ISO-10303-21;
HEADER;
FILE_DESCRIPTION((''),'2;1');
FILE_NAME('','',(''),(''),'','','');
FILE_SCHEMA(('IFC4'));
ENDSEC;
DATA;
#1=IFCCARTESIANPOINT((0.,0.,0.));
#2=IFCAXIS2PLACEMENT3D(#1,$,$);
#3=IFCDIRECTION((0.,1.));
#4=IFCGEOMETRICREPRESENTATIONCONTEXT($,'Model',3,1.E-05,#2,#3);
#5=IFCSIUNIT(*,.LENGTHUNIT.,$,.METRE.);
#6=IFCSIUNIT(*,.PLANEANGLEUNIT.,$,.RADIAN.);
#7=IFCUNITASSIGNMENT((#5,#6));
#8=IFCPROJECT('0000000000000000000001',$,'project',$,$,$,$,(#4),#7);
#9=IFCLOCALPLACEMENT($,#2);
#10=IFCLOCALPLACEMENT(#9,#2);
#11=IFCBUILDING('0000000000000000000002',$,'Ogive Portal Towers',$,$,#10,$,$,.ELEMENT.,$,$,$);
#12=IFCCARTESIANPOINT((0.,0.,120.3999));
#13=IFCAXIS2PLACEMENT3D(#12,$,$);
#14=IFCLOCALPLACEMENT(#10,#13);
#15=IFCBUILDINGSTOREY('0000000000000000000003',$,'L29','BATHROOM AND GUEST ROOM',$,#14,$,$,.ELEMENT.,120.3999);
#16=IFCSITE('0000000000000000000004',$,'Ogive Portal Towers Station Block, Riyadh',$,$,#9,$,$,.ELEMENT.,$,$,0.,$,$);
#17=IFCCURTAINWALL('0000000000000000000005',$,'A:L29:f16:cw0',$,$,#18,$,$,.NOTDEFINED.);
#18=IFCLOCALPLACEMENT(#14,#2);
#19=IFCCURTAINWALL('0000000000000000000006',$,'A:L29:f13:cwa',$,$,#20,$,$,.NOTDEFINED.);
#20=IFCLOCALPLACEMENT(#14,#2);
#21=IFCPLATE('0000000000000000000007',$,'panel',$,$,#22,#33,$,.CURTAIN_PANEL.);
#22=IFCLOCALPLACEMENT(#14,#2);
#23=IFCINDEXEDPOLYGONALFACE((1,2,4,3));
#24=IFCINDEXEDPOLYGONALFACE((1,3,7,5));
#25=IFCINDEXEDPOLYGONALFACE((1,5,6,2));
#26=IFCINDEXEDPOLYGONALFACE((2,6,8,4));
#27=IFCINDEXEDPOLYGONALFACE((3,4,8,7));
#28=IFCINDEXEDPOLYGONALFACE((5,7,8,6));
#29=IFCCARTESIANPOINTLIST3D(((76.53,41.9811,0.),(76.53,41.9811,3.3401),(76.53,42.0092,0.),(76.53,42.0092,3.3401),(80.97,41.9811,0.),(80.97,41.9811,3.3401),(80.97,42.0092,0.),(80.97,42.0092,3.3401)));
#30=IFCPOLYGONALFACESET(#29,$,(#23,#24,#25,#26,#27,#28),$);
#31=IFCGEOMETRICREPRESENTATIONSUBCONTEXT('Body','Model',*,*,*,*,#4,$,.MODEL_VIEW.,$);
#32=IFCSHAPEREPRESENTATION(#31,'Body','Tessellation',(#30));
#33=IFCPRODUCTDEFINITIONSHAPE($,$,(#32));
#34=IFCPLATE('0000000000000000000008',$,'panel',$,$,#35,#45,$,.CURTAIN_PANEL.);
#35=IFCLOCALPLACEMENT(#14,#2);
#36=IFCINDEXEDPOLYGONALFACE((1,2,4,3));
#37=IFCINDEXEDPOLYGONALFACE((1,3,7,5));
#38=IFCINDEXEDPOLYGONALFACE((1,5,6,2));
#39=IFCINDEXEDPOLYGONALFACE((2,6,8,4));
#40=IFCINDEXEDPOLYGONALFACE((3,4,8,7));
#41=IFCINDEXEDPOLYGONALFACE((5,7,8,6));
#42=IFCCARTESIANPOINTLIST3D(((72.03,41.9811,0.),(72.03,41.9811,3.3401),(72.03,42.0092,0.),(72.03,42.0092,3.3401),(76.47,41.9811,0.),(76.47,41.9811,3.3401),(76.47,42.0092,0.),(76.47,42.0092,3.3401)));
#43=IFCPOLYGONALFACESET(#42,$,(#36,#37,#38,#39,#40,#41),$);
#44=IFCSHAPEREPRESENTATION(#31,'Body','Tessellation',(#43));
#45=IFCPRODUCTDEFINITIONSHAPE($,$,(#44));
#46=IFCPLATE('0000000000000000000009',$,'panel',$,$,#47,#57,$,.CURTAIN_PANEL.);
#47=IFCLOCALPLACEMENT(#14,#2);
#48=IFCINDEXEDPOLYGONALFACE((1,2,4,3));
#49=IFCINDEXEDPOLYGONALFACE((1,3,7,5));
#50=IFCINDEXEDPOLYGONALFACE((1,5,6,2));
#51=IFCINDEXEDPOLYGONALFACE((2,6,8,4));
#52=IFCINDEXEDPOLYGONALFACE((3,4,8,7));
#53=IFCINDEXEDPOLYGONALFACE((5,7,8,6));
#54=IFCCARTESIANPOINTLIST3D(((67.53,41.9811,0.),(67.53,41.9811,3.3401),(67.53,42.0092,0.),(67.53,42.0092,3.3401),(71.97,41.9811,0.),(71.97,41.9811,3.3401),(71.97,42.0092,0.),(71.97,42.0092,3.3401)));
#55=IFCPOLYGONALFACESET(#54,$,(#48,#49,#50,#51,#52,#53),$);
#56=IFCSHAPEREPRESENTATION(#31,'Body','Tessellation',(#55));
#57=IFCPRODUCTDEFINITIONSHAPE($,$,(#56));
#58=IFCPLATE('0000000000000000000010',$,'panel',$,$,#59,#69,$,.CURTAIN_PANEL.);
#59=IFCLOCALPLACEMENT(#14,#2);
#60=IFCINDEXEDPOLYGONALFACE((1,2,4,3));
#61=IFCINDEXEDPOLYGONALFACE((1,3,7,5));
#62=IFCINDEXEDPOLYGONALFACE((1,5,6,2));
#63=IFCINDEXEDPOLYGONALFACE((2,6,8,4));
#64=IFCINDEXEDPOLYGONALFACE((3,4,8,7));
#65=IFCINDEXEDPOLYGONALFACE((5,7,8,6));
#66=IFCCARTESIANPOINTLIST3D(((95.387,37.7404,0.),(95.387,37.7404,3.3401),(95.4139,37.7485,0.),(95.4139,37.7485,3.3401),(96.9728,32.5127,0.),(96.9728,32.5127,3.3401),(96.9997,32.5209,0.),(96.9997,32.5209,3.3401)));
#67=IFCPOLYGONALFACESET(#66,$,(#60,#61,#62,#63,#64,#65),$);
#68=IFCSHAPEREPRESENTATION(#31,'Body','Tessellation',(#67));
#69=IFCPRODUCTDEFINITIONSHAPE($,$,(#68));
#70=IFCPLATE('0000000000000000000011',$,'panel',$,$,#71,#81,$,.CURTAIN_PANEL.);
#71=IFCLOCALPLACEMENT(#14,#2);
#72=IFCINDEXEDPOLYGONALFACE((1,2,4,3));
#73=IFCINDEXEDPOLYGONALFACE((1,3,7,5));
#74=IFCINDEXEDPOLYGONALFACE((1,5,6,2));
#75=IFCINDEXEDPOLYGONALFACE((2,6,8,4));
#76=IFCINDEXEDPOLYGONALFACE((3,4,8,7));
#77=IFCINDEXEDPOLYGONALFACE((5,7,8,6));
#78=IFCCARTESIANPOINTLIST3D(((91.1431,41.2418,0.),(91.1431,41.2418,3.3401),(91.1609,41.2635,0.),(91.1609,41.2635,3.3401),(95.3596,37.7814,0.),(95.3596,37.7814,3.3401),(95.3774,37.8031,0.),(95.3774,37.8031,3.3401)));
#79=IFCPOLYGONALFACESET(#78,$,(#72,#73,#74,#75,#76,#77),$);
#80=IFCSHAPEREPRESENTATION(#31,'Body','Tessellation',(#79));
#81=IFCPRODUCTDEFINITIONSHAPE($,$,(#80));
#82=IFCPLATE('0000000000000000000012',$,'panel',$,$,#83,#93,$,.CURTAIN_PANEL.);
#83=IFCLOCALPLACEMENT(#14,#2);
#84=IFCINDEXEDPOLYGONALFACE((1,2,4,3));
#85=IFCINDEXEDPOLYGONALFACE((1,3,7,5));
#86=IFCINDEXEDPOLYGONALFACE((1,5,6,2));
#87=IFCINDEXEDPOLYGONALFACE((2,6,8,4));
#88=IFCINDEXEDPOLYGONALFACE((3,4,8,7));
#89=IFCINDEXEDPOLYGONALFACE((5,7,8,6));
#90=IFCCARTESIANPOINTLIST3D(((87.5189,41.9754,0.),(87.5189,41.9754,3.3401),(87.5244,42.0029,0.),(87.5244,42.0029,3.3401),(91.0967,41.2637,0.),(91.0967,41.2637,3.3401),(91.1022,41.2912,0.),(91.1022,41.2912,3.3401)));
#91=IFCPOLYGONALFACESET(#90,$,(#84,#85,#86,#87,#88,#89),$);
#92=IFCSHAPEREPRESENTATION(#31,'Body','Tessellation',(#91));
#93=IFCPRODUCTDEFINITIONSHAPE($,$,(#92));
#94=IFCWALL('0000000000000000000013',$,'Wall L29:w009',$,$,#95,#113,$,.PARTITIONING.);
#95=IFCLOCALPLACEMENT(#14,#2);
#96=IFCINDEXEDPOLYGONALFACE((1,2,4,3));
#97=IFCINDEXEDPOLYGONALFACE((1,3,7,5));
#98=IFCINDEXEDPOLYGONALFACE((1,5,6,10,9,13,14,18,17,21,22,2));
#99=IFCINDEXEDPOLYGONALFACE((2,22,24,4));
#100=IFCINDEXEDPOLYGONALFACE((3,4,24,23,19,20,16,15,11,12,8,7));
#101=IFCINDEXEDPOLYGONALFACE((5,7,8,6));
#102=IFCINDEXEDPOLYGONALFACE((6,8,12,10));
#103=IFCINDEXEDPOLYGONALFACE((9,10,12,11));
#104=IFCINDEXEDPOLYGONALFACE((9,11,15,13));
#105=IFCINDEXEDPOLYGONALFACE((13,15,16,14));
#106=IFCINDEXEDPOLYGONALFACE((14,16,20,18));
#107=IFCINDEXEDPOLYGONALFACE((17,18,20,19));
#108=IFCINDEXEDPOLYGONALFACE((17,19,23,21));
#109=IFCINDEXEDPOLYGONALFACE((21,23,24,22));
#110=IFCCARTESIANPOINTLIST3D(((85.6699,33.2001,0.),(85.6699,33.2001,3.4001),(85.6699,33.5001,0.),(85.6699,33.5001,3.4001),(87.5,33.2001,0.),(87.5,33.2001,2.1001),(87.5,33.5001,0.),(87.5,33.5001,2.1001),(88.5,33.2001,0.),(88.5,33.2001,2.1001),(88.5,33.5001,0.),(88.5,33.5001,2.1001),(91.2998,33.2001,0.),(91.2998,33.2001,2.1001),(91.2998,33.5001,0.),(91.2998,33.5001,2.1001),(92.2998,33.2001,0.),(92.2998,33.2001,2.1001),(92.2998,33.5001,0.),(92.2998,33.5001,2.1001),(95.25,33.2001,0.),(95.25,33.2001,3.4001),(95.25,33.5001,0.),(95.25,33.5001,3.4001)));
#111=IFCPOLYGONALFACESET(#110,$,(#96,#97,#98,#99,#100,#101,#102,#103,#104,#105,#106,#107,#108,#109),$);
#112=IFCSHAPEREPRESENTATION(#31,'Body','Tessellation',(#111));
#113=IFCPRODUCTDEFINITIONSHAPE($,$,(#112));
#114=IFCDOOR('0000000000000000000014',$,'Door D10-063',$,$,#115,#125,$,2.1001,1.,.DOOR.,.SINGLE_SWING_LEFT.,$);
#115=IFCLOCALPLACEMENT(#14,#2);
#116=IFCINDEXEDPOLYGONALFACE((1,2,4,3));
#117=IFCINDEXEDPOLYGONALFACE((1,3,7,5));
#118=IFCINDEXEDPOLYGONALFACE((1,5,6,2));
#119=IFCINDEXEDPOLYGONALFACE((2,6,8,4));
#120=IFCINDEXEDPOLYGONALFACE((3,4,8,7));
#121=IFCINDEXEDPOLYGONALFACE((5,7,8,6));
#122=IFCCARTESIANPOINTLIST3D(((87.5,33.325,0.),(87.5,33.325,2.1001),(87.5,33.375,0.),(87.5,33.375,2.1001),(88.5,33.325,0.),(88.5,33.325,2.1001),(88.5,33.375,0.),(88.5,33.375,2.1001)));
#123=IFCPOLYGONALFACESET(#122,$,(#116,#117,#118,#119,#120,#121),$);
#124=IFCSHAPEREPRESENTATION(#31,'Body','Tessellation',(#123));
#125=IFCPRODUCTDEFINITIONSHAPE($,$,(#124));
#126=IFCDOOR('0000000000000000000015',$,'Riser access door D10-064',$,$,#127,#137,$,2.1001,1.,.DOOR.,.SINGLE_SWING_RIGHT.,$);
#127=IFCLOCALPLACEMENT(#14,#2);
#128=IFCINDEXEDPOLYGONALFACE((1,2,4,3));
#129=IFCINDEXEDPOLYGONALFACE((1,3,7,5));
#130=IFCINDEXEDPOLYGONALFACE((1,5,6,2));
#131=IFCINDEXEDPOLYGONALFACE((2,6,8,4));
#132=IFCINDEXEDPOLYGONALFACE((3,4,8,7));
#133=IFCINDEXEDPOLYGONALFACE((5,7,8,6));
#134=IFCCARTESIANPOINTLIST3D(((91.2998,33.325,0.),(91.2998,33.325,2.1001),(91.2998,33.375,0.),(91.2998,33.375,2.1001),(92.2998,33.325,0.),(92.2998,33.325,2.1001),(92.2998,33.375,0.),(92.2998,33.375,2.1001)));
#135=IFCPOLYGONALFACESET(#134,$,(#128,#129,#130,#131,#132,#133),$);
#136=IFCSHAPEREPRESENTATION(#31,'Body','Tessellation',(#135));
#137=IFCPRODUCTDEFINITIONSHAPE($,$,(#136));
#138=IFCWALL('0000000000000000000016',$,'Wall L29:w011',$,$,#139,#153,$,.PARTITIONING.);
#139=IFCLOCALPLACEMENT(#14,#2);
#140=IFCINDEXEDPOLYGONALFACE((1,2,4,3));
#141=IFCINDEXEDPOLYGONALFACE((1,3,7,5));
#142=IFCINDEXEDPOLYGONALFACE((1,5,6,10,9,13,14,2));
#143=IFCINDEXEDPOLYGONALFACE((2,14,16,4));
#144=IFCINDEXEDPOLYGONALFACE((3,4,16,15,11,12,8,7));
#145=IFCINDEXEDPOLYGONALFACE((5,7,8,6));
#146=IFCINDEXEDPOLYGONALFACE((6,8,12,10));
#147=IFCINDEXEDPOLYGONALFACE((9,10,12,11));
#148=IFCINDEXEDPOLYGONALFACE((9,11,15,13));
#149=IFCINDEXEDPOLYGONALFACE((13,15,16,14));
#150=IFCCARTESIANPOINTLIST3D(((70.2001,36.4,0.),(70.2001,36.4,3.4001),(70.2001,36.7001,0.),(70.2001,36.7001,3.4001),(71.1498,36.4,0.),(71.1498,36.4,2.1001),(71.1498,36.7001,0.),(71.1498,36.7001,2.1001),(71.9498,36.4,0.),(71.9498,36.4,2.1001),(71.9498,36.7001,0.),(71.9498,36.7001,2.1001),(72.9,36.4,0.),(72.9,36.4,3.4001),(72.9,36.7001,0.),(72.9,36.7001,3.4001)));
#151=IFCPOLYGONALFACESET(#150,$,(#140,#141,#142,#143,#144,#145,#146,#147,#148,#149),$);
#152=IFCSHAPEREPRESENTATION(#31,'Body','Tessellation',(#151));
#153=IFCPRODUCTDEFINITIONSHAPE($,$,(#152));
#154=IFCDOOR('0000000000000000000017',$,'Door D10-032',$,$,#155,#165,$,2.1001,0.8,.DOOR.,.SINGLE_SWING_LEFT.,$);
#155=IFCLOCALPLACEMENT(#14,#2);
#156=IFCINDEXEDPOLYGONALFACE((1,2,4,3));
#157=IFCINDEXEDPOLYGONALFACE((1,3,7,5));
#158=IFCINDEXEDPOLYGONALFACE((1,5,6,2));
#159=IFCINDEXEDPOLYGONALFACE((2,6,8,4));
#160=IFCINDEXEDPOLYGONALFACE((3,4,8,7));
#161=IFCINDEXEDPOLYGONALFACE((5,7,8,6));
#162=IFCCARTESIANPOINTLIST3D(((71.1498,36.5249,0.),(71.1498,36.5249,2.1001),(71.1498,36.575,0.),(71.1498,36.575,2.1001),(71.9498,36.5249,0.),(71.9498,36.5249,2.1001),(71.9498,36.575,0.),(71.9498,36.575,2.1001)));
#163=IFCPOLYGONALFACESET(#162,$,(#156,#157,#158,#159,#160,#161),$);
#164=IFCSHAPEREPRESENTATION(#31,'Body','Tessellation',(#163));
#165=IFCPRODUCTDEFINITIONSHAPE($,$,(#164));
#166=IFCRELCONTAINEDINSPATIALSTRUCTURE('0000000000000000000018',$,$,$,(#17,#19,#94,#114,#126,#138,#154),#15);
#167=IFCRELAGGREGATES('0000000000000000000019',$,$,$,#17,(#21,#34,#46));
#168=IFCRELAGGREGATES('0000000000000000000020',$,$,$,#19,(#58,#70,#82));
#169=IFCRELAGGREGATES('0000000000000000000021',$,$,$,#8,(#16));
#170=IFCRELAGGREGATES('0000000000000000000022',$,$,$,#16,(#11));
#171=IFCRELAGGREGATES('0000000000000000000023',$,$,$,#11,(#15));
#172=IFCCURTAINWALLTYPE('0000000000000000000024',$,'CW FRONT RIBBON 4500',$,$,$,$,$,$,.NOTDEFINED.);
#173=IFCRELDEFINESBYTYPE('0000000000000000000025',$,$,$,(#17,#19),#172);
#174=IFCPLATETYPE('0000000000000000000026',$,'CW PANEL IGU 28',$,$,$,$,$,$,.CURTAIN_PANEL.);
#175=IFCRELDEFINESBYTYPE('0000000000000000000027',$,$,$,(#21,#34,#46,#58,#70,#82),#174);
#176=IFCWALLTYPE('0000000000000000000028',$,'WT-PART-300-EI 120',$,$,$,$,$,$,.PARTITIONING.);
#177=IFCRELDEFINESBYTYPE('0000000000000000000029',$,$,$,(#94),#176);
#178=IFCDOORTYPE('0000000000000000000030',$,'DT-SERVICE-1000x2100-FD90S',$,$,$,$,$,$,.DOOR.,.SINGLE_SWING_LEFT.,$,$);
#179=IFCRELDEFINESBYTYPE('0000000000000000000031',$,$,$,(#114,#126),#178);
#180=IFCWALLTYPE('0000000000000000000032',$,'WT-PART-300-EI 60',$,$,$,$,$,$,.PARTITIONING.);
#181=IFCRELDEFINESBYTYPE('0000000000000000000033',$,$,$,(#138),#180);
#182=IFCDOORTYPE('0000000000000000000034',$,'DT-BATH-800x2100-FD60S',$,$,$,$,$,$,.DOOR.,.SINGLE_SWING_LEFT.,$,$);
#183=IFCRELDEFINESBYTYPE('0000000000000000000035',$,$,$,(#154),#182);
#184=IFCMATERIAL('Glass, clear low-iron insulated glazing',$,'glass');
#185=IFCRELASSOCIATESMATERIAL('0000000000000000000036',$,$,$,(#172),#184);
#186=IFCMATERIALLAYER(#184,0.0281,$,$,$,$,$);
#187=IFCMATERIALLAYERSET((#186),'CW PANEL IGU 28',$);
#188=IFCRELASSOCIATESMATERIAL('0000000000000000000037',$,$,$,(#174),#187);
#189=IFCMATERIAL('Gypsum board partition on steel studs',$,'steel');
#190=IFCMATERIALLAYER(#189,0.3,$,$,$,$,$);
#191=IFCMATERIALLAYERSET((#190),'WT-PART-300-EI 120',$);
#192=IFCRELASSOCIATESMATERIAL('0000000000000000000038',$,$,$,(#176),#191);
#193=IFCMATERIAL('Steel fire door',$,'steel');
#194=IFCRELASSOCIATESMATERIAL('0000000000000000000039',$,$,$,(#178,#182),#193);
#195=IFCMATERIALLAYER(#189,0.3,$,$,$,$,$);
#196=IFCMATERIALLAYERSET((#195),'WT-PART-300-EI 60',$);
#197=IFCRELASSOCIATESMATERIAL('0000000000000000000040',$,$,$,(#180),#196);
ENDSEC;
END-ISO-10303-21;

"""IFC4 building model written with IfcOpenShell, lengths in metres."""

from ifc_helpers import new_model, si_unit, direction, frame, frame_2d, origin, origin_2d, place, context, subcontext, project, spatial, rectangle, extrude, material, layer, layer_set, type_object, element, fill, aggregate, save


model = new_model("IFC4")

# Units and contexts
model_context = context("Model", 3, precision=1e-05, world=origin(), true_north=direction((0.0, 1.0)))
body_context = subcontext(model_context, "Body", "Model", "MODEL_VIEW")
ifc_project = project(units=[si_unit("LENGTHUNIT", "METRE"), si_unit("PLANEANGLEUNIT", "RADIAN")], contexts=[model_context])

# Site, building, storey
site_placement = place(None, origin())
site = spatial("IfcSite", under=ifc_project, at=site_placement, Name="Ogive Portal Towers Station Block, Riyadh", CompositionType="ELEMENT", RefElevation=0.0)
building_placement = place(site_placement, origin())
building = spatial("IfcBuilding", under=site, at=building_placement, Name="Ogive Portal Towers", CompositionType="ELEMENT")
storey_placement = place(building_placement, frame((0.0, 0.0, 120.3999)))
storey = spatial("IfcBuildingStorey", under=building, at=storey_placement, Name="L29", Description="BATHROOM AND GUEST ROOM", CompositionType="ELEMENT", Elevation=120.3999)

# Curtain walls
ifc_material_1 = material(Name="Glass, clear low-iron insulated glazing", Category="glass")
curtain_wall_type = type_object("IfcCurtainWallType", Name="CW FRONT RIBBON 4500", PredefinedType="NOTDEFINED", material=ifc_material_1)
curtain_wall_1_placement = place(storey_placement, origin())
curtain_wall_1 = element("IfcCurtainWall", 1, at=curtain_wall_1_placement, inside=storey, type_object=curtain_wall_type, Name="A:L29:f16:cw0", PredefinedType="NOTDEFINED")
curtain_wall_2_placement = place(storey_placement, origin())
curtain_wall_2 = element("IfcCurtainWall", 2, at=curtain_wall_2_placement, inside=storey, type_object=curtain_wall_type, Name="A:L29:f13:cwa", PredefinedType="NOTDEFINED")

# Plates
ifc_layer_1 = layer(ifc_material_1, 0.0281)
ifc_layer_set_1 = layer_set([ifc_layer_1], Name="CW PANEL IGU 28")
plate_type = type_object("IfcPlateType", Name="CW PANEL IGU 28", PredefinedType="CURTAIN_PANEL", material=ifc_layer_set_1)
plate_1_placement = place(storey_placement, frame((78.75, 41.9951, 0.0), z_axis=(0.0, 0.0, 1.0), x_axis=(-1.0, 0.0, 0.0)))
plate_1 = element("IfcPlate", 3, at=plate_1_placement, type_object=plate_type, Name="panel", PredefinedType="CURTAIN_PANEL", context=body_context, shape_type="SweptSolid", body=[
    extrude(rectangle(XDim=4.4399, YDim=0.0281, at=origin_2d()), origin(), (0.0, 0.0, 1.0), 3.3401),
])
plate_2_placement = place(storey_placement, frame((74.25, 41.9951, 0.0), z_axis=(0.0, 0.0, 1.0), x_axis=(-1.0, 0.0, 0.0)))
plate_2 = element("IfcPlate", 4, at=plate_2_placement, type_object=plate_type, Name="panel", PredefinedType="CURTAIN_PANEL", context=body_context, shape_type="SweptSolid", body=[
    extrude(rectangle(XDim=4.4399, YDim=0.0281, at=origin_2d()), origin(), (0.0, 0.0, 1.0), 3.3401),
])
plate_3_placement = place(storey_placement, frame((69.75, 41.9951, 0.0), z_axis=(0.0, 0.0, 1.0), x_axis=(-1.0, 0.0, 0.0)))
plate_3 = element("IfcPlate", 5, at=plate_3_placement, type_object=plate_type, Name="panel", PredefinedType="CURTAIN_PANEL", context=body_context, shape_type="SweptSolid", body=[
    extrude(rectangle(XDim=4.4399, YDim=0.0281, at=origin_2d()), origin(), (0.0, 0.0, 1.0), 3.3401),
])
aggregate(curtain_wall_1, [plate_1, plate_2, plate_3])
plate_4_placement = place(storey_placement, frame((96.1934, 35.1306, 0.0), z_axis=(0.0, 0.0, 1.0), x_axis=(-0.290285, 0.95694, 0.0)))
plate_4 = element("IfcPlate", 6, at=plate_4_placement, type_object=plate_type, Name="panel", PredefinedType="CURTAIN_PANEL", context=body_context, shape_type="SweptSolid", body=[
    extrude(rectangle(XDim=5.4629, YDim=0.0281, at=origin_2d()), origin(), (0.0, 0.0, 1.0), 3.3401),
])
plate_5_placement = place(storey_placement, frame((93.2603, 39.5225, 0.0), z_axis=(0.0, 0.0, 1.0), x_axis=(-0.77301, 0.634393, 0.0)))
plate_5 = element("IfcPlate", 7, at=plate_5_placement, type_object=plate_type, Name="panel", PredefinedType="CURTAIN_PANEL", context=body_context, shape_type="SweptSolid", body=[
    extrude(rectangle(XDim=5.4546, YDim=0.0281, at=origin_2d()), origin(), (0.0, 0.0, 1.0), 3.3401),
])
plate_6_placement = place(storey_placement, frame((89.3105, 41.6333, 0.0), z_axis=(0.0, 0.0, 1.0), x_axis=(-0.980785, 0.19509, 0.0)))
plate_6 = element("IfcPlate", 8, at=plate_6_placement, type_object=plate_type, Name="panel", PredefinedType="CURTAIN_PANEL", context=body_context, shape_type="SweptSolid", body=[
    extrude(rectangle(XDim=3.6479, YDim=0.0281, at=origin_2d()), origin(), (0.0, 0.0, 1.0), 3.3401),
])
aggregate(curtain_wall_2, [plate_4, plate_5, plate_6])

# Wall, openings, doors
ifc_material_2 = material(Name="Gypsum board partition on steel studs", Category="steel")
ifc_layer_2 = layer(ifc_material_2, 0.3)
ifc_layer_set_2 = layer_set([ifc_layer_2], Name="WT-PART-300-EI 120")
wall_type_1 = type_object("IfcWallType", Name="WT-PART-300-EI 120", PredefinedType="PARTITIONING", material=ifc_layer_set_2)
wall_1_placement = place(storey_placement, frame((85.6699, 33.3501, 0.0), z_axis=(0.0, 0.0, 1.0), x_axis=(1.0, 0.0, 0.0)))
wall_1 = element("IfcWall", 9, at=wall_1_placement, inside=storey, type_object=wall_type_1, Name="Wall L29:w009", PredefinedType="PARTITIONING", context=body_context, shape_type="SweptSolid", body=[
    extrude(rectangle(XDim=9.5801, YDim=0.3, at=frame_2d((4.79, 0.0))), origin(), (0.0, 0.0, 1.0), 3.4001),
])
opening_1_placement = place(wall_1_placement, frame((1.8301, 0.0, 0.0)))
opening_1 = element("IfcOpeningElement", 10, at=opening_1_placement, cuts=wall_1, PredefinedType="OPENING", context=body_context, shape_type="SweptSolid", body=[
    extrude(rectangle(XDim=1.0, YDim=2.1001, at=frame_2d((0.5, 1.05))), frame((0.0, 0.1602, 0.0), z_axis=(0.0, -1.0, 0.0), x_axis=(1.0, 0.0, 0.0)), (0.0, 0.0, 1.0), 0.3201),
])
opening_2_placement = place(wall_1_placement, frame((5.6299, 0.0, 0.0)))
opening_2 = element("IfcOpeningElement", 11, at=opening_2_placement, cuts=wall_1, PredefinedType="OPENING", context=body_context, shape_type="SweptSolid", body=[
    extrude(rectangle(XDim=1.0, YDim=2.1001, at=frame_2d((0.5, 1.05))), frame((0.0, 0.1602, 0.0), z_axis=(0.0, -1.0, 0.0), x_axis=(1.0, 0.0, 0.0)), (0.0, 0.0, 1.0), 0.3201),
])
ifc_material_3 = material(Name="Steel fire door", Category="steel")
door_type_1 = type_object("IfcDoorType", Name="DT-SERVICE-1000x2100-FD90S", OperationType="SINGLE_SWING_LEFT", PredefinedType="DOOR", material=ifc_material_3)
door_1_placement = place(opening_1_placement, origin())
door_1 = element("IfcDoor", 12, at=door_1_placement, inside=storey, type_object=door_type_1, Name="Door D10-063", OperationType="SINGLE_SWING_LEFT", OverallHeight=2.1001, OverallWidth=1.0, PredefinedType="DOOR", context=body_context, shape_type="SweptSolid", body=[
    extrude(rectangle(XDim=1.0, YDim=2.1001, at=frame_2d((0.5, 1.05))), frame((0.0, 0.0249, 0.0), z_axis=(0.0, -1.0, 0.0), x_axis=(1.0, 0.0, 0.0)), (0.0, 0.0, 1.0), 0.05),
])
fill(opening_1, door_1)
door_2_placement = place(opening_2_placement, origin())
door_2 = element("IfcDoor", 13, at=door_2_placement, inside=storey, type_object=door_type_1, Name="Riser access door D10-064", OperationType="SINGLE_SWING_RIGHT", OverallHeight=2.1001, OverallWidth=1.0, PredefinedType="DOOR", context=body_context, shape_type="SweptSolid", body=[
    extrude(rectangle(XDim=1.0, YDim=2.1001, at=frame_2d((0.5, 1.05))), frame((0.0, 0.0249, 0.0), z_axis=(0.0, -1.0, 0.0), x_axis=(1.0, 0.0, 0.0)), (0.0, 0.0, 1.0), 0.05),
])
fill(opening_2, door_2)

# Wall, opening, door
ifc_layer_3 = layer(ifc_material_2, 0.3)
ifc_layer_set_3 = layer_set([ifc_layer_3], Name="WT-PART-300-EI 60")
wall_type_2 = type_object("IfcWallType", Name="WT-PART-300-EI 60", PredefinedType="PARTITIONING", material=ifc_layer_set_3)
wall_2_placement = place(storey_placement, frame((70.2, 36.55, 0.0), z_axis=(0.0, 0.0, 1.0), x_axis=(1.0, 0.0, 0.0)))
wall_2 = element("IfcWall", 14, at=wall_2_placement, inside=storey, type_object=wall_type_2, Name="Wall L29:w011", PredefinedType="PARTITIONING", context=body_context, shape_type="SweptSolid", body=[
    extrude(rectangle(XDim=2.7, YDim=0.3, at=frame_2d((1.3501, 0.0))), origin(), (0.0, 0.0, 1.0), 3.4001),
])
opening_3_placement = place(wall_2_placement, frame((0.95, 0.0, 0.0)))
opening_3 = element("IfcOpeningElement", 15, at=opening_3_placement, cuts=wall_2, PredefinedType="OPENING", context=body_context, shape_type="SweptSolid", body=[
    extrude(rectangle(XDim=0.8, YDim=2.1001, at=frame_2d((0.3999, 1.05))), frame((0.0, 0.1602, 0.0), z_axis=(0.0, -1.0, 0.0), x_axis=(1.0, 0.0, 0.0)), (0.0, 0.0, 1.0), 0.3201),
])
door_type_2 = type_object("IfcDoorType", Name="DT-BATH-800x2100-FD60S", OperationType="SINGLE_SWING_LEFT", PredefinedType="DOOR", material=ifc_material_3)
door_3_placement = place(opening_3_placement, origin())
door_3 = element("IfcDoor", 16, at=door_3_placement, inside=storey, type_object=door_type_2, Name="Door D10-032", OperationType="SINGLE_SWING_LEFT", OverallHeight=2.1001, OverallWidth=0.8, PredefinedType="DOOR", context=body_context, shape_type="SweptSolid", body=[
    extrude(rectangle(XDim=0.8, YDim=2.1001, at=frame_2d((0.3999, 1.05))), frame((0.0, 0.0249, 0.0), z_axis=(0.0, -1.0, 0.0), x_axis=(1.0, 0.0, 0.0)), (0.0, 0.0, 1.0), 0.05),
])
fill(opening_3, door_3)

save(model, "model.ifc")
